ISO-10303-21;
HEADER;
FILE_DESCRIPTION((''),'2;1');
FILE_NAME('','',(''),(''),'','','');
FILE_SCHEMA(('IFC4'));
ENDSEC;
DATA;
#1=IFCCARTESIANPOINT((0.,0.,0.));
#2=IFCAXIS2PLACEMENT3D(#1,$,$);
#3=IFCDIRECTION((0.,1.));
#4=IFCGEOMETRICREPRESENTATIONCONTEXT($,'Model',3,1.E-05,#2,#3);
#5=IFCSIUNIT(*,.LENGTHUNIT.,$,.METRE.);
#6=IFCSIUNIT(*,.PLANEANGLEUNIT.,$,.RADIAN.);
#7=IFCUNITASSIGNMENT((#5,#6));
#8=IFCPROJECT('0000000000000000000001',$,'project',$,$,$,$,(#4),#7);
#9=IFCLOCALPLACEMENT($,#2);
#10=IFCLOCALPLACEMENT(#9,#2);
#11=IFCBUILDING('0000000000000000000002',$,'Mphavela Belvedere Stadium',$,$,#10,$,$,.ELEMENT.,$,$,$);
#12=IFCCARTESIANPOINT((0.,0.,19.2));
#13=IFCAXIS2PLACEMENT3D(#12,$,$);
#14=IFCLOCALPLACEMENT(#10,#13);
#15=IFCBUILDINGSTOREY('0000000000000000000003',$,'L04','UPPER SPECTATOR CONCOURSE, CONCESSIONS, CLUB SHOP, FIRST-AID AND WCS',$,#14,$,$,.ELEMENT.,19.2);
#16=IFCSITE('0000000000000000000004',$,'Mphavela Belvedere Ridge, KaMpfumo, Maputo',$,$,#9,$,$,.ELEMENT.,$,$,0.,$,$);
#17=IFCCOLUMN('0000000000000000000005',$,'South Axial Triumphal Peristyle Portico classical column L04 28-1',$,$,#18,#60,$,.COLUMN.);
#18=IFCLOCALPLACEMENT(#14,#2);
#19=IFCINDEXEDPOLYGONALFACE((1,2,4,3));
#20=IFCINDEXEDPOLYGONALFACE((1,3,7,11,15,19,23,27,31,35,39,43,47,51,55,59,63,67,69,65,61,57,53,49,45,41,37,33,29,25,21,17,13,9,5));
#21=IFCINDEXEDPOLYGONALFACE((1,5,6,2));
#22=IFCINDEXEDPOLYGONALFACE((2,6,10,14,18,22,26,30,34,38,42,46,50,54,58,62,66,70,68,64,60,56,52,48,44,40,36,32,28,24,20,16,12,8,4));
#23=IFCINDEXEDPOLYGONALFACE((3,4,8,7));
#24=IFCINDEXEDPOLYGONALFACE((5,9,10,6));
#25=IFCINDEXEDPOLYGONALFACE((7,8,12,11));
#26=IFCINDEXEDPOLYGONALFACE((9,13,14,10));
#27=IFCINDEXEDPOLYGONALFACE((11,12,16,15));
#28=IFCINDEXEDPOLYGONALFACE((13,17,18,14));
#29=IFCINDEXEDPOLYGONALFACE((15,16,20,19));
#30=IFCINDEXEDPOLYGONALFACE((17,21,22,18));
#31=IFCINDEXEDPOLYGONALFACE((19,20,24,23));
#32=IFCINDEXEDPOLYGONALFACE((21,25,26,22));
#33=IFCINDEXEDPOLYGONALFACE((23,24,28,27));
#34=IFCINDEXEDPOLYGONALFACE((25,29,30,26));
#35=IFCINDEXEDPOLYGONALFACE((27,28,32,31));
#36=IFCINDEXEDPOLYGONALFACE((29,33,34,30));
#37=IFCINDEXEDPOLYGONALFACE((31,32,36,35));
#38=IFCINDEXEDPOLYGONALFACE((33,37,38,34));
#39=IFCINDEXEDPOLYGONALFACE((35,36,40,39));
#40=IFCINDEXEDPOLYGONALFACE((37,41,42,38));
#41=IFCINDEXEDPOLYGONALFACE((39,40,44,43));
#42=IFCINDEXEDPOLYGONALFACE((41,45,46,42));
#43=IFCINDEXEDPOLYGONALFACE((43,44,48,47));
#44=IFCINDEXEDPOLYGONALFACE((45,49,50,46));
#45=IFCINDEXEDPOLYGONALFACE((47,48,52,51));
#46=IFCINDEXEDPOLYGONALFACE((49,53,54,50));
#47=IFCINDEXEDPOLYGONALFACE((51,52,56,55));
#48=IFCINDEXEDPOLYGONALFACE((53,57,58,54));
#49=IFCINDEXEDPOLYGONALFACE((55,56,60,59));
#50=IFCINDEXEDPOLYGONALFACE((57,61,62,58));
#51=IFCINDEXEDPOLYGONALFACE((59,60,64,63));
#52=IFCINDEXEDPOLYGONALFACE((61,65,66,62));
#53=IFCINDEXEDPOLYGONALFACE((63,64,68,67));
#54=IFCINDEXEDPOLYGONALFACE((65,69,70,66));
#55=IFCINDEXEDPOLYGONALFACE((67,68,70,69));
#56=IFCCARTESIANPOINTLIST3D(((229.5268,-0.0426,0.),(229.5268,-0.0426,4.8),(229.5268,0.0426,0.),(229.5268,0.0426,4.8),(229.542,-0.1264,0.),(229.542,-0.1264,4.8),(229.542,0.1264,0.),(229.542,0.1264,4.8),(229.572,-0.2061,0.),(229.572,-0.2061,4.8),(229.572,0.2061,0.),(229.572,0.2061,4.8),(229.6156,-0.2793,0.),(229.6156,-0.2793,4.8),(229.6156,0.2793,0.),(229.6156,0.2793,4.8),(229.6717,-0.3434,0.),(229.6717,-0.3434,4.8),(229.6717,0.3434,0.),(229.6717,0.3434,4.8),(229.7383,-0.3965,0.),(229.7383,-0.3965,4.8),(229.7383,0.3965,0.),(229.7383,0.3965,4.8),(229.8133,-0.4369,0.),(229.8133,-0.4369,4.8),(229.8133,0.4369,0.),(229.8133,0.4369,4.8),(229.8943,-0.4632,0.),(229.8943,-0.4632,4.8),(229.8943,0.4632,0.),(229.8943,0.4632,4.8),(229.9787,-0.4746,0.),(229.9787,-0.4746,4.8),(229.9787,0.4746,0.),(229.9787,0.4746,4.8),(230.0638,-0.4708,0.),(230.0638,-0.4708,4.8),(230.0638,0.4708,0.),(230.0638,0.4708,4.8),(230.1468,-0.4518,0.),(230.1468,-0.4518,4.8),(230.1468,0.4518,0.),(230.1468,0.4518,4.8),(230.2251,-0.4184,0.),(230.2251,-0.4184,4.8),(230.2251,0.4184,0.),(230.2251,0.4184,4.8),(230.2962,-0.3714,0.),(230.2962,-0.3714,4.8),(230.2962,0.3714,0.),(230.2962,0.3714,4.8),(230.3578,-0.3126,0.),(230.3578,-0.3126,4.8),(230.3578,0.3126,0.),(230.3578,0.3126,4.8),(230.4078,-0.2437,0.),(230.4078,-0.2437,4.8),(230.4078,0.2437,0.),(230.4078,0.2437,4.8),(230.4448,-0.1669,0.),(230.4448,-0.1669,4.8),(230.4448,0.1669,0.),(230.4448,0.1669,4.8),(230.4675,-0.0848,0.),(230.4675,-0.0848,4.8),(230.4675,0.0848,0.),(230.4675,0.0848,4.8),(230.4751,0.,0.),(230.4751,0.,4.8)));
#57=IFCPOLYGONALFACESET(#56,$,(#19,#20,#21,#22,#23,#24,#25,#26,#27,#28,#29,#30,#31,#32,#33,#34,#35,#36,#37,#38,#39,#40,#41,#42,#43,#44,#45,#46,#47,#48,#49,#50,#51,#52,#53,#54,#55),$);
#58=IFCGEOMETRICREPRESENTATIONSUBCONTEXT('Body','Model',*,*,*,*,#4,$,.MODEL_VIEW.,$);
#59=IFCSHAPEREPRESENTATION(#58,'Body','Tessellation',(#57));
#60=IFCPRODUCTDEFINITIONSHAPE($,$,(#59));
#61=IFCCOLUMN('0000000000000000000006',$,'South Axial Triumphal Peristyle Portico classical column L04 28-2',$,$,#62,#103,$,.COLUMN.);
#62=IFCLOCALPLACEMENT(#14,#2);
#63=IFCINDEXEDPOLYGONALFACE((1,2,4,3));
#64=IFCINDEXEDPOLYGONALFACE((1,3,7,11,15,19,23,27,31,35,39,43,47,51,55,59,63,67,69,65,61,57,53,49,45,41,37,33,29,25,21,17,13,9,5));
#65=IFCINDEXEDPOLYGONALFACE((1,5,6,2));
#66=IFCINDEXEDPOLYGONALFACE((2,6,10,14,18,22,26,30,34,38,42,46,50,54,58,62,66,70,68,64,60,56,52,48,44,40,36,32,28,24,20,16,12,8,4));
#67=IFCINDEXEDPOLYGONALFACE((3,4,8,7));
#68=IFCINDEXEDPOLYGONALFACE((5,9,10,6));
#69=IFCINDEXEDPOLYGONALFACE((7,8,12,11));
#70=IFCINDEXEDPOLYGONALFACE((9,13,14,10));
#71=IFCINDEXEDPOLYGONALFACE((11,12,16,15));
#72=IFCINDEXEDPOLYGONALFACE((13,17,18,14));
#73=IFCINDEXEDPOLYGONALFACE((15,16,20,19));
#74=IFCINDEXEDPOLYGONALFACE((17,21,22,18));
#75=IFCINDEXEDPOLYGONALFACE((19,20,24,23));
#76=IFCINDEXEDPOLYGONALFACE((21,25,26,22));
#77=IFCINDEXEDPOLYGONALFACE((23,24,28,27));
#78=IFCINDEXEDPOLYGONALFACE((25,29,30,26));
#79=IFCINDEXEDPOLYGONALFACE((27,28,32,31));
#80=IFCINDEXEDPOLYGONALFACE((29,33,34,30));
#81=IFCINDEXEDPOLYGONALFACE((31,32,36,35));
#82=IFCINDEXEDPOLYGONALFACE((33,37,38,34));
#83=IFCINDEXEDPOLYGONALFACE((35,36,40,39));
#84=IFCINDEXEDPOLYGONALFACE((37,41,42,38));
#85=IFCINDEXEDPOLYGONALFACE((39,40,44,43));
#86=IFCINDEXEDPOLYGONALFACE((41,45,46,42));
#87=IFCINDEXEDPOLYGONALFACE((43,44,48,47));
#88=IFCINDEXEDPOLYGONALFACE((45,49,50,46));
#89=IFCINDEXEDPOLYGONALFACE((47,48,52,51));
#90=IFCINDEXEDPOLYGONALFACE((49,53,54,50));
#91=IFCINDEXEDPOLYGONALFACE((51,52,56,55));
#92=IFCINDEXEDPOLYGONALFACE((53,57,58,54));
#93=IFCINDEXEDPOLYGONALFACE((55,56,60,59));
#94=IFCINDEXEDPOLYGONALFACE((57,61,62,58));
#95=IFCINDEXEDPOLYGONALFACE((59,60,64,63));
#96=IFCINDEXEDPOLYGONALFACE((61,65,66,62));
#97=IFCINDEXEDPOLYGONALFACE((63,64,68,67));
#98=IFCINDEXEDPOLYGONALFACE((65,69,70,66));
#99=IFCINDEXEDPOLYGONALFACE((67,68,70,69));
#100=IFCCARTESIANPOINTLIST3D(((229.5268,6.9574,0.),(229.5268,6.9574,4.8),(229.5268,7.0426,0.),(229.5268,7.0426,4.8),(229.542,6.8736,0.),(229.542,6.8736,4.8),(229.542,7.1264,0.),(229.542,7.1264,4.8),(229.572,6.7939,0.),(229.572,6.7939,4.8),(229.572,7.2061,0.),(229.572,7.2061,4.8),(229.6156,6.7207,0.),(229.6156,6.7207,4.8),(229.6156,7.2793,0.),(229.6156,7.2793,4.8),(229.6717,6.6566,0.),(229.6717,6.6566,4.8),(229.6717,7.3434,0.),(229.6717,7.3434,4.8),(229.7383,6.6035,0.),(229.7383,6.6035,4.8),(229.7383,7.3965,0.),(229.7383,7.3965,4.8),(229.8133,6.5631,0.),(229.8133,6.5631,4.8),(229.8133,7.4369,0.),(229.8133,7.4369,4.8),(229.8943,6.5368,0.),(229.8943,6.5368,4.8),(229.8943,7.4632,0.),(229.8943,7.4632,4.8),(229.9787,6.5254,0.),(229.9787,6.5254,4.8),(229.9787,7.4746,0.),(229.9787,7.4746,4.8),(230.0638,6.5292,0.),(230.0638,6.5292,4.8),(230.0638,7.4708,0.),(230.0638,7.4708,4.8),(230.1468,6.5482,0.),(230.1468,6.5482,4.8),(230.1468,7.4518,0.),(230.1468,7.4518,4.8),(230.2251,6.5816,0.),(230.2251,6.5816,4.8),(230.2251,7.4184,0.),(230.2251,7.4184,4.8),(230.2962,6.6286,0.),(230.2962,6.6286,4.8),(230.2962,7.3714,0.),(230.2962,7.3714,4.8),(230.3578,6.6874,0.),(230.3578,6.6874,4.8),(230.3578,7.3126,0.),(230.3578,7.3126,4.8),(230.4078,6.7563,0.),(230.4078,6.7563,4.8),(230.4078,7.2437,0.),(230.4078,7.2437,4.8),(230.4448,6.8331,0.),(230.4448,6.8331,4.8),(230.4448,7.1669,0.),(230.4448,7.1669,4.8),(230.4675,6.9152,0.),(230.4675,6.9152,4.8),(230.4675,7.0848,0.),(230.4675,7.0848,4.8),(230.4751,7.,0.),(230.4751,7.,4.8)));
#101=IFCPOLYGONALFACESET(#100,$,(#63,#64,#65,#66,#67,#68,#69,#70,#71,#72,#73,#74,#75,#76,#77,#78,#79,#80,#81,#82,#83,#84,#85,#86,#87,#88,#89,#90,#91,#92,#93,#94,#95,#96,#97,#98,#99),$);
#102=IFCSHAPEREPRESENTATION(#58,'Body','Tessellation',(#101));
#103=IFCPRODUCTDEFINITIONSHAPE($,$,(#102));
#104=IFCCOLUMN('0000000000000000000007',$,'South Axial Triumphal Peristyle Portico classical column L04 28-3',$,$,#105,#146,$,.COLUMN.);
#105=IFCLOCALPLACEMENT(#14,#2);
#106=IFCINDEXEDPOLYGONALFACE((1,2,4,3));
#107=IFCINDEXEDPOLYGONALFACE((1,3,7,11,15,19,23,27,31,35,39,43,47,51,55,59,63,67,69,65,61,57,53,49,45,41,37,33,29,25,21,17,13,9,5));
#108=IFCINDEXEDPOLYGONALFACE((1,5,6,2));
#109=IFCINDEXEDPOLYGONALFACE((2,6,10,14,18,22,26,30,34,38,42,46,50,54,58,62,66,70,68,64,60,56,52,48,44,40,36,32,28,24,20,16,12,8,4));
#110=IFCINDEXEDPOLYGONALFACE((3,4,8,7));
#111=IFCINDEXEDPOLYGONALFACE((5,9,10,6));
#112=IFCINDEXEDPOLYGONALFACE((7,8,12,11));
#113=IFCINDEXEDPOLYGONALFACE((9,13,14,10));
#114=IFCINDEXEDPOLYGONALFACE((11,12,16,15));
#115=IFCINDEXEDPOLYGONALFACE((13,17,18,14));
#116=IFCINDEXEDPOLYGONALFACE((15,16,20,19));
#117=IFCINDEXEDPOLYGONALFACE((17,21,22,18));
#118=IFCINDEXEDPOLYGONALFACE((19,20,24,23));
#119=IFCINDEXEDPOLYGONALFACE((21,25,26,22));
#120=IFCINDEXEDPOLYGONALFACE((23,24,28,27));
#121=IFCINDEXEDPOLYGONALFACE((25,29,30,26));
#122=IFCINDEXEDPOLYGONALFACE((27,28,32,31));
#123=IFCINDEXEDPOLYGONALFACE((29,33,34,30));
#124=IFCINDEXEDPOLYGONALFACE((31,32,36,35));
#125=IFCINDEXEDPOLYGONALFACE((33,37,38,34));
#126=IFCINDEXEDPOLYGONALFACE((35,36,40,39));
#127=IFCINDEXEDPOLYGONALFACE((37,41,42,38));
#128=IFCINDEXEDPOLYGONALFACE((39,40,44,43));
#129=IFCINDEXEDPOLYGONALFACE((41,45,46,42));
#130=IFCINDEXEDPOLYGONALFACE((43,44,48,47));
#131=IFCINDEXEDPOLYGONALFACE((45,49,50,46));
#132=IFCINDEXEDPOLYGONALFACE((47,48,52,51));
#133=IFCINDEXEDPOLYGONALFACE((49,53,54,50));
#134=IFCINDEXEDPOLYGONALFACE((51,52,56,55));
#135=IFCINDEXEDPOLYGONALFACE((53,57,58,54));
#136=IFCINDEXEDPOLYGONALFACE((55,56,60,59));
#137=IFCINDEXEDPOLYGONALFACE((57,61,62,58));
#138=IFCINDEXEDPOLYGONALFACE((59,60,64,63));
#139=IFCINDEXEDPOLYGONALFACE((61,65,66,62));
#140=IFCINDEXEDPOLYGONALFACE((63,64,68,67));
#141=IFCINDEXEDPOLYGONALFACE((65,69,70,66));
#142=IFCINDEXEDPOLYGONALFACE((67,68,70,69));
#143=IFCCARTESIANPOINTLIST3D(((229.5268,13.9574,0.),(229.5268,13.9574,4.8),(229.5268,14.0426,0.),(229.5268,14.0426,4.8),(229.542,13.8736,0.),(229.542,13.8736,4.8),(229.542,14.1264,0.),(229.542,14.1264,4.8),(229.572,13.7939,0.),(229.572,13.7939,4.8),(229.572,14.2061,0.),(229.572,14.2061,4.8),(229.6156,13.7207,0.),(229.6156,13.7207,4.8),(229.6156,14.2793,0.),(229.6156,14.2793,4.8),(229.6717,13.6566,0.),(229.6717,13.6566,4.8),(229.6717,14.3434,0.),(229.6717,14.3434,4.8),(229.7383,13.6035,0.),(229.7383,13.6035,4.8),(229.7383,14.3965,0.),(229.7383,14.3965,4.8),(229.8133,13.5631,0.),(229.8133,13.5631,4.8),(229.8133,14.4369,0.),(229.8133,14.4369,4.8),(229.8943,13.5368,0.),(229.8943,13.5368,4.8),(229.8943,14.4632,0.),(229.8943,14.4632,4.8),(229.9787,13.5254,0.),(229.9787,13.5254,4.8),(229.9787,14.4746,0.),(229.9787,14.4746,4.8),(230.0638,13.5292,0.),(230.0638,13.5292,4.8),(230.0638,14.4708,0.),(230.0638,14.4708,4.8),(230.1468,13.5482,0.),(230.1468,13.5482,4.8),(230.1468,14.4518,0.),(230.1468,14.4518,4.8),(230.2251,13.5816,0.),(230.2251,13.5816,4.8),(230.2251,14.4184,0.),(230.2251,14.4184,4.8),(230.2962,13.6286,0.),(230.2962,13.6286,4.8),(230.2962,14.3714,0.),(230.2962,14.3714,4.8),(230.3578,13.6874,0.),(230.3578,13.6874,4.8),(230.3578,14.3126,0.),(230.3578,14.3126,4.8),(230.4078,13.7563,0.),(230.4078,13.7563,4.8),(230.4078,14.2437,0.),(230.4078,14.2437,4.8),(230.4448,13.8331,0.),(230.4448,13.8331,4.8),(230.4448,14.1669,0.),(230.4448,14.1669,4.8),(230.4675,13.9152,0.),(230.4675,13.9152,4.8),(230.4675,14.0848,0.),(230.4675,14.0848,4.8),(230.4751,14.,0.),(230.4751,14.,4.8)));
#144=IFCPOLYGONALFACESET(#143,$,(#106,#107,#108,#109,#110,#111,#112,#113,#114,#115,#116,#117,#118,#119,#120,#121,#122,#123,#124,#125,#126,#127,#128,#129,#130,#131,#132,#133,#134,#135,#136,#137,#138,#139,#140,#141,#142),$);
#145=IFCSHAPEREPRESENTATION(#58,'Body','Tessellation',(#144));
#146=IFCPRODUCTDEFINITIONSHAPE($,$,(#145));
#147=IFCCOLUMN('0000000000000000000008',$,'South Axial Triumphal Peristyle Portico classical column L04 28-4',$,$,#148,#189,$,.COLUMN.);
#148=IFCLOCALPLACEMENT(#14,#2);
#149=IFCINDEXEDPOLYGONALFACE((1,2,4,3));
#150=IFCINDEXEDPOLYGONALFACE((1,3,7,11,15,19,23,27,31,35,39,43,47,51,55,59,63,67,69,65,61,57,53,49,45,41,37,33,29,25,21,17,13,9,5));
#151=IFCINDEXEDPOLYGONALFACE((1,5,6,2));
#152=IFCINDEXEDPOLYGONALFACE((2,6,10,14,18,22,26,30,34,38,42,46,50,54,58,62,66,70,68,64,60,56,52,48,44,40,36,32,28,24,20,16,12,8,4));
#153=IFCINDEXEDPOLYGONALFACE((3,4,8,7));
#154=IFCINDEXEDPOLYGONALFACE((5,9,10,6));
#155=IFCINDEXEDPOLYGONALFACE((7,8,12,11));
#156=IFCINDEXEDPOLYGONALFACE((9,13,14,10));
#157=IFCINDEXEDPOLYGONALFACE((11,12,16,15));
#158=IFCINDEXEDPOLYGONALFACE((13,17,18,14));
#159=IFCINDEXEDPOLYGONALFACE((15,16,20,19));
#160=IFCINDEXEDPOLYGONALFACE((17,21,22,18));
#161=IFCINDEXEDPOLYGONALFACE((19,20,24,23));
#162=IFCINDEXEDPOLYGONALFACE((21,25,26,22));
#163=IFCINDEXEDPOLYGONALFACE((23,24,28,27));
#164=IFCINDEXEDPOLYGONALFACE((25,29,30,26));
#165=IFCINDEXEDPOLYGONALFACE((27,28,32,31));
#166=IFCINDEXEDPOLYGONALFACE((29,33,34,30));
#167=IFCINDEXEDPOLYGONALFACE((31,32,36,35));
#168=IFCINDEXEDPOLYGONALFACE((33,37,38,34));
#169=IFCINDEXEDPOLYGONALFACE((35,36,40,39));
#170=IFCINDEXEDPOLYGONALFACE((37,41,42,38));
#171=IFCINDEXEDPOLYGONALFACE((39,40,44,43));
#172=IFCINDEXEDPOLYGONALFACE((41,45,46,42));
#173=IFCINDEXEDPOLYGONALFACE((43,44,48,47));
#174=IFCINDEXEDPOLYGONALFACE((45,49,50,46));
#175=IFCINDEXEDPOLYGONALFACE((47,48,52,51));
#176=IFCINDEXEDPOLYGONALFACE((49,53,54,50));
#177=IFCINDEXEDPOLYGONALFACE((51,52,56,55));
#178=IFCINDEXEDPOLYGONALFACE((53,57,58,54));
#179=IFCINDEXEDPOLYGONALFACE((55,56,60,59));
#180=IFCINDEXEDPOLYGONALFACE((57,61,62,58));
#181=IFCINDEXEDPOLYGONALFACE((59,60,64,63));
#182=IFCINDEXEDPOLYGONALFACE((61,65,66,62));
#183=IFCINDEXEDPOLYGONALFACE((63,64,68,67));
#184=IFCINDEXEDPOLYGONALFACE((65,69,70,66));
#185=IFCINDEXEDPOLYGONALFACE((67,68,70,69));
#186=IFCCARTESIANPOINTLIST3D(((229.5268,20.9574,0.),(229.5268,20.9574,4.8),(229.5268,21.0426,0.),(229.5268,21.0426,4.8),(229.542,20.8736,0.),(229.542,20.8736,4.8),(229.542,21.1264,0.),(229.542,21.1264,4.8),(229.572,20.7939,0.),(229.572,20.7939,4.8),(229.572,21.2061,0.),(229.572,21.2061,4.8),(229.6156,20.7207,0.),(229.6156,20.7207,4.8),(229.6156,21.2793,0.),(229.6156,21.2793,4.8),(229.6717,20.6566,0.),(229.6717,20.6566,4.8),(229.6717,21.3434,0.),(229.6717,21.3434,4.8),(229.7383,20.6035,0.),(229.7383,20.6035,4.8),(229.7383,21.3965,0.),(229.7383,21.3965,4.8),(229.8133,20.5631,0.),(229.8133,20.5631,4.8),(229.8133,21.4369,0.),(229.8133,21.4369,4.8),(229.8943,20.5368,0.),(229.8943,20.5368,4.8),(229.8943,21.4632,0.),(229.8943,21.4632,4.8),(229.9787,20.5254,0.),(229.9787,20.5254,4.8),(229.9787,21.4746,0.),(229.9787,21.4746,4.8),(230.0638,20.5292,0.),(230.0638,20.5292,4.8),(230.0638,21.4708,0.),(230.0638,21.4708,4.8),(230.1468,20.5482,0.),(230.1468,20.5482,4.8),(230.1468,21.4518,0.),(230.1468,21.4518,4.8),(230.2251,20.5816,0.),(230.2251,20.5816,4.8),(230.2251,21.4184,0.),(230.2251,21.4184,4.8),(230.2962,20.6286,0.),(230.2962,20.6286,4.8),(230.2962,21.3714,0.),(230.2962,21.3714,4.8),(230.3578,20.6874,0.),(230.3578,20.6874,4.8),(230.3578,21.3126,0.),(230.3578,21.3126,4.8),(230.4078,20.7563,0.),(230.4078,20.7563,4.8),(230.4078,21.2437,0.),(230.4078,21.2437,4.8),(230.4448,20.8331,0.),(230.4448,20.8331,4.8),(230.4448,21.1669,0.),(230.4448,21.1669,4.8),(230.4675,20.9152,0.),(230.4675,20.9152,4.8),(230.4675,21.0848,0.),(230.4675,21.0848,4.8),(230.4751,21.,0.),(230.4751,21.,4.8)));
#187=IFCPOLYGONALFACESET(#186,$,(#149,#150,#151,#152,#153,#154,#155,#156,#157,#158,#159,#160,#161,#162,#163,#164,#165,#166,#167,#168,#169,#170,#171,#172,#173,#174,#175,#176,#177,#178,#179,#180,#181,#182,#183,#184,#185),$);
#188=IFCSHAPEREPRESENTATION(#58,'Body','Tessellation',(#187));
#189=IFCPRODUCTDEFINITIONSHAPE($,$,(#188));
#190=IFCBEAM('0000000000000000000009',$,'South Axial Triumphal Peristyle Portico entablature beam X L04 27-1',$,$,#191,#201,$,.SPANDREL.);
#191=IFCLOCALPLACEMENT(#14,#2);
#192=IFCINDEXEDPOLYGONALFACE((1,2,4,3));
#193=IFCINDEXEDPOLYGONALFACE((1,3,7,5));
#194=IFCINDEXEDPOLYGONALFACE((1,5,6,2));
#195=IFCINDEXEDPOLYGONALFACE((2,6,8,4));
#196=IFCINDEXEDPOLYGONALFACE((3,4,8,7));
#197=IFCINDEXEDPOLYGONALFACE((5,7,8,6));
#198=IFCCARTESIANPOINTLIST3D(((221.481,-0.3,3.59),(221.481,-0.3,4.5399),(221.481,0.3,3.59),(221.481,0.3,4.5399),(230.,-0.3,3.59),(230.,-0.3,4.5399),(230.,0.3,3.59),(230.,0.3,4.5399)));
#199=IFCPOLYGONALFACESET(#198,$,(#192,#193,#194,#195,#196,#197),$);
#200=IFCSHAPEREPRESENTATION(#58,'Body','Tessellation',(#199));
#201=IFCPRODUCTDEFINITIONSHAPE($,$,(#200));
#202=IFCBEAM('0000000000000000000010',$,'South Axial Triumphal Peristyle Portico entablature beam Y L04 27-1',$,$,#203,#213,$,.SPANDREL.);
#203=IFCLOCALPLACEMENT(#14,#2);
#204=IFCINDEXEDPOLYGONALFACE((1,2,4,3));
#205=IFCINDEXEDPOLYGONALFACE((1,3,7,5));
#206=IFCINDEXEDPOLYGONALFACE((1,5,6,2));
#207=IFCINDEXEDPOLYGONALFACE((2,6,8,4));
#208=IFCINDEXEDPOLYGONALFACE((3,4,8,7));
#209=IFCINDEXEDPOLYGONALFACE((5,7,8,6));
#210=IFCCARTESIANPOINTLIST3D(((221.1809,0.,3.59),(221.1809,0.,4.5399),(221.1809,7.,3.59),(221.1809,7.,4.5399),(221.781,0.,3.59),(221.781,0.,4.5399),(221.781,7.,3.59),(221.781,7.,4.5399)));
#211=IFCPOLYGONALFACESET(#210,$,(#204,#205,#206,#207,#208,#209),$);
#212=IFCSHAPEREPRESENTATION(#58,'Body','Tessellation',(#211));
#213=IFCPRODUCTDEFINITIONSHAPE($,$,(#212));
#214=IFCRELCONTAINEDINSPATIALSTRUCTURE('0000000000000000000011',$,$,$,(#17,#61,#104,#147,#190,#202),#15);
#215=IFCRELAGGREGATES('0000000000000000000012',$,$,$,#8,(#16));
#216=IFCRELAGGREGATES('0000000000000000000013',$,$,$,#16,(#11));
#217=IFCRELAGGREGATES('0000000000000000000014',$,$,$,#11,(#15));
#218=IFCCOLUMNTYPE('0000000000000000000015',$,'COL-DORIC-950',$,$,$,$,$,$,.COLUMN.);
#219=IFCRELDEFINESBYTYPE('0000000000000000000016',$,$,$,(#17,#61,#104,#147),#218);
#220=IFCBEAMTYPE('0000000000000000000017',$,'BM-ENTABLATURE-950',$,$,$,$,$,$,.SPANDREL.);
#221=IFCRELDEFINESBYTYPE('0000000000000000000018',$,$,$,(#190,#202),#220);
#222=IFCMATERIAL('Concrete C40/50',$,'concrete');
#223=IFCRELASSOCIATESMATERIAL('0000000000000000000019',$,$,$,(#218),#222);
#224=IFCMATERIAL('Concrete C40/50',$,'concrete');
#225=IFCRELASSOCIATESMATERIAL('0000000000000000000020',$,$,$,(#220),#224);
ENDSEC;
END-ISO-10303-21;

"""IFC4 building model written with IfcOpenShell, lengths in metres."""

from ifc_helpers import new_model, si_unit, direction, frame, origin, origin_2d, place, context, subcontext, project, spatial, rectangle, circle, extrude, material, material_profile, profile_set, type_object, element, save


model = new_model("IFC4")

# Units and contexts
model_context = context("Model", 3, precision=1e-05, world=origin(), true_north=direction((0.0, 1.0)))
body_context = subcontext(model_context, "Body", "Model", "MODEL_VIEW")
ifc_project = project(units=[si_unit("LENGTHUNIT", "METRE"), si_unit("PLANEANGLEUNIT", "RADIAN")], contexts=[model_context])

# Site, building, storey
site_placement = place(None, origin())
site = spatial("IfcSite", under=ifc_project, at=site_placement, Name="Mphavela Belvedere Ridge, KaMpfumo, Maputo", CompositionType="ELEMENT", RefElevation=0.0)
building_placement = place(site_placement, origin())
building = spatial("IfcBuilding", under=site, at=building_placement, Name="Mphavela Belvedere Stadium", CompositionType="ELEMENT")
storey_placement = place(building_placement, frame((0.0, 0.0, 19.2)))
storey = spatial("IfcBuildingStorey", under=building, at=storey_placement, Name="L04", Description="UPPER SPECTATOR CONCOURSE, CONCESSIONS, CLUB SHOP, FIRST-AID AND WCS", CompositionType="ELEMENT", Elevation=19.2)

# Columns
ifc_material_1 = material(Name="Concrete C40/50", Category="concrete")
ifc_material_profile_1 = material_profile(ifc_material_1, circle(Radius=0.4751, at=origin_2d()), Name="COL D950")
ifc_profile_set_1 = profile_set([ifc_material_profile_1], Name="Concrete C40/50")
column_type = type_object("IfcColumnType", Name="COL-DORIC-950", PredefinedType="COLUMN", material=ifc_profile_set_1)
for number, where, z_axis, x_axis, name in (
    (1, (230.0, 0.0, 0.0), (0.0, 0.0, 1.0), (1.0, 0.0, 0.0), "South Axial Triumphal Peristyle Portico classical column L04 28-1"),
    (2, (230.0, 7.0, 0.0), (0.0, 0.0, 1.0), (1.0, 0.0, 0.0), "South Axial Triumphal Peristyle Portico classical column L04 28-2"),
    (3, (230.0, 14.0, 0.0), (0.0, 0.0, 1.0), (1.0, 0.0, 0.0), "South Axial Triumphal Peristyle Portico classical column L04 28-3"),
    (4, (230.0, 21.0, 0.0), (0.0, 0.0, 1.0), (1.0, 0.0, 0.0), "South Axial Triumphal Peristyle Portico classical column L04 28-4"),
):
    element("IfcColumn", number, at=place(storey_placement, frame(where, z_axis=z_axis, x_axis=x_axis)), inside=storey, type_object=column_type, Name=name, PredefinedType="COLUMN", context=body_context, shape_type="SweptSolid", body=[
        extrude(circle(Radius=0.4751, at=origin_2d()), origin(), (0.0, 0.0, 1.0), 4.8),
    ])

# Beams
ifc_material_2 = material(Name="Concrete C40/50", Category="concrete")
ifc_material_profile_2 = material_profile(ifc_material_2, rectangle(XDim=0.6001, YDim=0.95, at=origin_2d()), Name="RC 600x950")
ifc_profile_set_2 = profile_set([ifc_material_profile_2], Name="Concrete C40/50")
beam_type_1 = type_object("IfcBeamType", Name="BM-ENTABLATURE-950", PredefinedType="SPANDREL", material=ifc_profile_set_2)
beam_1_placement = place(storey_placement, frame((221.481, 0.0, 4.0649), z_axis=(1.0, 0.0, 0.0), x_axis=(0.0, 1.0, 0.0)))
element("IfcBeam", 5, at=beam_1_placement, inside=storey, type_object=beam_type_1, Name="South Axial Triumphal Peristyle Portico entablature beam X L04 27-1", PredefinedType="SPANDREL", context=body_context, shape_type="SweptSolid", body=[
    extrude(rectangle(XDim=0.6001, YDim=0.95, at=origin_2d()), origin(), (0.0, 0.0, 1.0), 8.519),
])
beam_2_placement = place(storey_placement, frame((221.481, 0.0, 4.0649), z_axis=(0.0, 1.0, 0.0), x_axis=(-1.0, 0.0, 0.0)))
element("IfcBeam", 6, at=beam_2_placement, inside=storey, type_object=beam_type_1, Name="South Axial Triumphal Peristyle Portico entablature beam Y L04 27-1", PredefinedType="SPANDREL", context=body_context, shape_type="SweptSolid", body=[
    extrude(rectangle(XDim=0.6001, YDim=0.95, at=origin_2d()), origin(), (0.0, 0.0, 1.0), 7.0),
])

save(model, "model.ifc")
